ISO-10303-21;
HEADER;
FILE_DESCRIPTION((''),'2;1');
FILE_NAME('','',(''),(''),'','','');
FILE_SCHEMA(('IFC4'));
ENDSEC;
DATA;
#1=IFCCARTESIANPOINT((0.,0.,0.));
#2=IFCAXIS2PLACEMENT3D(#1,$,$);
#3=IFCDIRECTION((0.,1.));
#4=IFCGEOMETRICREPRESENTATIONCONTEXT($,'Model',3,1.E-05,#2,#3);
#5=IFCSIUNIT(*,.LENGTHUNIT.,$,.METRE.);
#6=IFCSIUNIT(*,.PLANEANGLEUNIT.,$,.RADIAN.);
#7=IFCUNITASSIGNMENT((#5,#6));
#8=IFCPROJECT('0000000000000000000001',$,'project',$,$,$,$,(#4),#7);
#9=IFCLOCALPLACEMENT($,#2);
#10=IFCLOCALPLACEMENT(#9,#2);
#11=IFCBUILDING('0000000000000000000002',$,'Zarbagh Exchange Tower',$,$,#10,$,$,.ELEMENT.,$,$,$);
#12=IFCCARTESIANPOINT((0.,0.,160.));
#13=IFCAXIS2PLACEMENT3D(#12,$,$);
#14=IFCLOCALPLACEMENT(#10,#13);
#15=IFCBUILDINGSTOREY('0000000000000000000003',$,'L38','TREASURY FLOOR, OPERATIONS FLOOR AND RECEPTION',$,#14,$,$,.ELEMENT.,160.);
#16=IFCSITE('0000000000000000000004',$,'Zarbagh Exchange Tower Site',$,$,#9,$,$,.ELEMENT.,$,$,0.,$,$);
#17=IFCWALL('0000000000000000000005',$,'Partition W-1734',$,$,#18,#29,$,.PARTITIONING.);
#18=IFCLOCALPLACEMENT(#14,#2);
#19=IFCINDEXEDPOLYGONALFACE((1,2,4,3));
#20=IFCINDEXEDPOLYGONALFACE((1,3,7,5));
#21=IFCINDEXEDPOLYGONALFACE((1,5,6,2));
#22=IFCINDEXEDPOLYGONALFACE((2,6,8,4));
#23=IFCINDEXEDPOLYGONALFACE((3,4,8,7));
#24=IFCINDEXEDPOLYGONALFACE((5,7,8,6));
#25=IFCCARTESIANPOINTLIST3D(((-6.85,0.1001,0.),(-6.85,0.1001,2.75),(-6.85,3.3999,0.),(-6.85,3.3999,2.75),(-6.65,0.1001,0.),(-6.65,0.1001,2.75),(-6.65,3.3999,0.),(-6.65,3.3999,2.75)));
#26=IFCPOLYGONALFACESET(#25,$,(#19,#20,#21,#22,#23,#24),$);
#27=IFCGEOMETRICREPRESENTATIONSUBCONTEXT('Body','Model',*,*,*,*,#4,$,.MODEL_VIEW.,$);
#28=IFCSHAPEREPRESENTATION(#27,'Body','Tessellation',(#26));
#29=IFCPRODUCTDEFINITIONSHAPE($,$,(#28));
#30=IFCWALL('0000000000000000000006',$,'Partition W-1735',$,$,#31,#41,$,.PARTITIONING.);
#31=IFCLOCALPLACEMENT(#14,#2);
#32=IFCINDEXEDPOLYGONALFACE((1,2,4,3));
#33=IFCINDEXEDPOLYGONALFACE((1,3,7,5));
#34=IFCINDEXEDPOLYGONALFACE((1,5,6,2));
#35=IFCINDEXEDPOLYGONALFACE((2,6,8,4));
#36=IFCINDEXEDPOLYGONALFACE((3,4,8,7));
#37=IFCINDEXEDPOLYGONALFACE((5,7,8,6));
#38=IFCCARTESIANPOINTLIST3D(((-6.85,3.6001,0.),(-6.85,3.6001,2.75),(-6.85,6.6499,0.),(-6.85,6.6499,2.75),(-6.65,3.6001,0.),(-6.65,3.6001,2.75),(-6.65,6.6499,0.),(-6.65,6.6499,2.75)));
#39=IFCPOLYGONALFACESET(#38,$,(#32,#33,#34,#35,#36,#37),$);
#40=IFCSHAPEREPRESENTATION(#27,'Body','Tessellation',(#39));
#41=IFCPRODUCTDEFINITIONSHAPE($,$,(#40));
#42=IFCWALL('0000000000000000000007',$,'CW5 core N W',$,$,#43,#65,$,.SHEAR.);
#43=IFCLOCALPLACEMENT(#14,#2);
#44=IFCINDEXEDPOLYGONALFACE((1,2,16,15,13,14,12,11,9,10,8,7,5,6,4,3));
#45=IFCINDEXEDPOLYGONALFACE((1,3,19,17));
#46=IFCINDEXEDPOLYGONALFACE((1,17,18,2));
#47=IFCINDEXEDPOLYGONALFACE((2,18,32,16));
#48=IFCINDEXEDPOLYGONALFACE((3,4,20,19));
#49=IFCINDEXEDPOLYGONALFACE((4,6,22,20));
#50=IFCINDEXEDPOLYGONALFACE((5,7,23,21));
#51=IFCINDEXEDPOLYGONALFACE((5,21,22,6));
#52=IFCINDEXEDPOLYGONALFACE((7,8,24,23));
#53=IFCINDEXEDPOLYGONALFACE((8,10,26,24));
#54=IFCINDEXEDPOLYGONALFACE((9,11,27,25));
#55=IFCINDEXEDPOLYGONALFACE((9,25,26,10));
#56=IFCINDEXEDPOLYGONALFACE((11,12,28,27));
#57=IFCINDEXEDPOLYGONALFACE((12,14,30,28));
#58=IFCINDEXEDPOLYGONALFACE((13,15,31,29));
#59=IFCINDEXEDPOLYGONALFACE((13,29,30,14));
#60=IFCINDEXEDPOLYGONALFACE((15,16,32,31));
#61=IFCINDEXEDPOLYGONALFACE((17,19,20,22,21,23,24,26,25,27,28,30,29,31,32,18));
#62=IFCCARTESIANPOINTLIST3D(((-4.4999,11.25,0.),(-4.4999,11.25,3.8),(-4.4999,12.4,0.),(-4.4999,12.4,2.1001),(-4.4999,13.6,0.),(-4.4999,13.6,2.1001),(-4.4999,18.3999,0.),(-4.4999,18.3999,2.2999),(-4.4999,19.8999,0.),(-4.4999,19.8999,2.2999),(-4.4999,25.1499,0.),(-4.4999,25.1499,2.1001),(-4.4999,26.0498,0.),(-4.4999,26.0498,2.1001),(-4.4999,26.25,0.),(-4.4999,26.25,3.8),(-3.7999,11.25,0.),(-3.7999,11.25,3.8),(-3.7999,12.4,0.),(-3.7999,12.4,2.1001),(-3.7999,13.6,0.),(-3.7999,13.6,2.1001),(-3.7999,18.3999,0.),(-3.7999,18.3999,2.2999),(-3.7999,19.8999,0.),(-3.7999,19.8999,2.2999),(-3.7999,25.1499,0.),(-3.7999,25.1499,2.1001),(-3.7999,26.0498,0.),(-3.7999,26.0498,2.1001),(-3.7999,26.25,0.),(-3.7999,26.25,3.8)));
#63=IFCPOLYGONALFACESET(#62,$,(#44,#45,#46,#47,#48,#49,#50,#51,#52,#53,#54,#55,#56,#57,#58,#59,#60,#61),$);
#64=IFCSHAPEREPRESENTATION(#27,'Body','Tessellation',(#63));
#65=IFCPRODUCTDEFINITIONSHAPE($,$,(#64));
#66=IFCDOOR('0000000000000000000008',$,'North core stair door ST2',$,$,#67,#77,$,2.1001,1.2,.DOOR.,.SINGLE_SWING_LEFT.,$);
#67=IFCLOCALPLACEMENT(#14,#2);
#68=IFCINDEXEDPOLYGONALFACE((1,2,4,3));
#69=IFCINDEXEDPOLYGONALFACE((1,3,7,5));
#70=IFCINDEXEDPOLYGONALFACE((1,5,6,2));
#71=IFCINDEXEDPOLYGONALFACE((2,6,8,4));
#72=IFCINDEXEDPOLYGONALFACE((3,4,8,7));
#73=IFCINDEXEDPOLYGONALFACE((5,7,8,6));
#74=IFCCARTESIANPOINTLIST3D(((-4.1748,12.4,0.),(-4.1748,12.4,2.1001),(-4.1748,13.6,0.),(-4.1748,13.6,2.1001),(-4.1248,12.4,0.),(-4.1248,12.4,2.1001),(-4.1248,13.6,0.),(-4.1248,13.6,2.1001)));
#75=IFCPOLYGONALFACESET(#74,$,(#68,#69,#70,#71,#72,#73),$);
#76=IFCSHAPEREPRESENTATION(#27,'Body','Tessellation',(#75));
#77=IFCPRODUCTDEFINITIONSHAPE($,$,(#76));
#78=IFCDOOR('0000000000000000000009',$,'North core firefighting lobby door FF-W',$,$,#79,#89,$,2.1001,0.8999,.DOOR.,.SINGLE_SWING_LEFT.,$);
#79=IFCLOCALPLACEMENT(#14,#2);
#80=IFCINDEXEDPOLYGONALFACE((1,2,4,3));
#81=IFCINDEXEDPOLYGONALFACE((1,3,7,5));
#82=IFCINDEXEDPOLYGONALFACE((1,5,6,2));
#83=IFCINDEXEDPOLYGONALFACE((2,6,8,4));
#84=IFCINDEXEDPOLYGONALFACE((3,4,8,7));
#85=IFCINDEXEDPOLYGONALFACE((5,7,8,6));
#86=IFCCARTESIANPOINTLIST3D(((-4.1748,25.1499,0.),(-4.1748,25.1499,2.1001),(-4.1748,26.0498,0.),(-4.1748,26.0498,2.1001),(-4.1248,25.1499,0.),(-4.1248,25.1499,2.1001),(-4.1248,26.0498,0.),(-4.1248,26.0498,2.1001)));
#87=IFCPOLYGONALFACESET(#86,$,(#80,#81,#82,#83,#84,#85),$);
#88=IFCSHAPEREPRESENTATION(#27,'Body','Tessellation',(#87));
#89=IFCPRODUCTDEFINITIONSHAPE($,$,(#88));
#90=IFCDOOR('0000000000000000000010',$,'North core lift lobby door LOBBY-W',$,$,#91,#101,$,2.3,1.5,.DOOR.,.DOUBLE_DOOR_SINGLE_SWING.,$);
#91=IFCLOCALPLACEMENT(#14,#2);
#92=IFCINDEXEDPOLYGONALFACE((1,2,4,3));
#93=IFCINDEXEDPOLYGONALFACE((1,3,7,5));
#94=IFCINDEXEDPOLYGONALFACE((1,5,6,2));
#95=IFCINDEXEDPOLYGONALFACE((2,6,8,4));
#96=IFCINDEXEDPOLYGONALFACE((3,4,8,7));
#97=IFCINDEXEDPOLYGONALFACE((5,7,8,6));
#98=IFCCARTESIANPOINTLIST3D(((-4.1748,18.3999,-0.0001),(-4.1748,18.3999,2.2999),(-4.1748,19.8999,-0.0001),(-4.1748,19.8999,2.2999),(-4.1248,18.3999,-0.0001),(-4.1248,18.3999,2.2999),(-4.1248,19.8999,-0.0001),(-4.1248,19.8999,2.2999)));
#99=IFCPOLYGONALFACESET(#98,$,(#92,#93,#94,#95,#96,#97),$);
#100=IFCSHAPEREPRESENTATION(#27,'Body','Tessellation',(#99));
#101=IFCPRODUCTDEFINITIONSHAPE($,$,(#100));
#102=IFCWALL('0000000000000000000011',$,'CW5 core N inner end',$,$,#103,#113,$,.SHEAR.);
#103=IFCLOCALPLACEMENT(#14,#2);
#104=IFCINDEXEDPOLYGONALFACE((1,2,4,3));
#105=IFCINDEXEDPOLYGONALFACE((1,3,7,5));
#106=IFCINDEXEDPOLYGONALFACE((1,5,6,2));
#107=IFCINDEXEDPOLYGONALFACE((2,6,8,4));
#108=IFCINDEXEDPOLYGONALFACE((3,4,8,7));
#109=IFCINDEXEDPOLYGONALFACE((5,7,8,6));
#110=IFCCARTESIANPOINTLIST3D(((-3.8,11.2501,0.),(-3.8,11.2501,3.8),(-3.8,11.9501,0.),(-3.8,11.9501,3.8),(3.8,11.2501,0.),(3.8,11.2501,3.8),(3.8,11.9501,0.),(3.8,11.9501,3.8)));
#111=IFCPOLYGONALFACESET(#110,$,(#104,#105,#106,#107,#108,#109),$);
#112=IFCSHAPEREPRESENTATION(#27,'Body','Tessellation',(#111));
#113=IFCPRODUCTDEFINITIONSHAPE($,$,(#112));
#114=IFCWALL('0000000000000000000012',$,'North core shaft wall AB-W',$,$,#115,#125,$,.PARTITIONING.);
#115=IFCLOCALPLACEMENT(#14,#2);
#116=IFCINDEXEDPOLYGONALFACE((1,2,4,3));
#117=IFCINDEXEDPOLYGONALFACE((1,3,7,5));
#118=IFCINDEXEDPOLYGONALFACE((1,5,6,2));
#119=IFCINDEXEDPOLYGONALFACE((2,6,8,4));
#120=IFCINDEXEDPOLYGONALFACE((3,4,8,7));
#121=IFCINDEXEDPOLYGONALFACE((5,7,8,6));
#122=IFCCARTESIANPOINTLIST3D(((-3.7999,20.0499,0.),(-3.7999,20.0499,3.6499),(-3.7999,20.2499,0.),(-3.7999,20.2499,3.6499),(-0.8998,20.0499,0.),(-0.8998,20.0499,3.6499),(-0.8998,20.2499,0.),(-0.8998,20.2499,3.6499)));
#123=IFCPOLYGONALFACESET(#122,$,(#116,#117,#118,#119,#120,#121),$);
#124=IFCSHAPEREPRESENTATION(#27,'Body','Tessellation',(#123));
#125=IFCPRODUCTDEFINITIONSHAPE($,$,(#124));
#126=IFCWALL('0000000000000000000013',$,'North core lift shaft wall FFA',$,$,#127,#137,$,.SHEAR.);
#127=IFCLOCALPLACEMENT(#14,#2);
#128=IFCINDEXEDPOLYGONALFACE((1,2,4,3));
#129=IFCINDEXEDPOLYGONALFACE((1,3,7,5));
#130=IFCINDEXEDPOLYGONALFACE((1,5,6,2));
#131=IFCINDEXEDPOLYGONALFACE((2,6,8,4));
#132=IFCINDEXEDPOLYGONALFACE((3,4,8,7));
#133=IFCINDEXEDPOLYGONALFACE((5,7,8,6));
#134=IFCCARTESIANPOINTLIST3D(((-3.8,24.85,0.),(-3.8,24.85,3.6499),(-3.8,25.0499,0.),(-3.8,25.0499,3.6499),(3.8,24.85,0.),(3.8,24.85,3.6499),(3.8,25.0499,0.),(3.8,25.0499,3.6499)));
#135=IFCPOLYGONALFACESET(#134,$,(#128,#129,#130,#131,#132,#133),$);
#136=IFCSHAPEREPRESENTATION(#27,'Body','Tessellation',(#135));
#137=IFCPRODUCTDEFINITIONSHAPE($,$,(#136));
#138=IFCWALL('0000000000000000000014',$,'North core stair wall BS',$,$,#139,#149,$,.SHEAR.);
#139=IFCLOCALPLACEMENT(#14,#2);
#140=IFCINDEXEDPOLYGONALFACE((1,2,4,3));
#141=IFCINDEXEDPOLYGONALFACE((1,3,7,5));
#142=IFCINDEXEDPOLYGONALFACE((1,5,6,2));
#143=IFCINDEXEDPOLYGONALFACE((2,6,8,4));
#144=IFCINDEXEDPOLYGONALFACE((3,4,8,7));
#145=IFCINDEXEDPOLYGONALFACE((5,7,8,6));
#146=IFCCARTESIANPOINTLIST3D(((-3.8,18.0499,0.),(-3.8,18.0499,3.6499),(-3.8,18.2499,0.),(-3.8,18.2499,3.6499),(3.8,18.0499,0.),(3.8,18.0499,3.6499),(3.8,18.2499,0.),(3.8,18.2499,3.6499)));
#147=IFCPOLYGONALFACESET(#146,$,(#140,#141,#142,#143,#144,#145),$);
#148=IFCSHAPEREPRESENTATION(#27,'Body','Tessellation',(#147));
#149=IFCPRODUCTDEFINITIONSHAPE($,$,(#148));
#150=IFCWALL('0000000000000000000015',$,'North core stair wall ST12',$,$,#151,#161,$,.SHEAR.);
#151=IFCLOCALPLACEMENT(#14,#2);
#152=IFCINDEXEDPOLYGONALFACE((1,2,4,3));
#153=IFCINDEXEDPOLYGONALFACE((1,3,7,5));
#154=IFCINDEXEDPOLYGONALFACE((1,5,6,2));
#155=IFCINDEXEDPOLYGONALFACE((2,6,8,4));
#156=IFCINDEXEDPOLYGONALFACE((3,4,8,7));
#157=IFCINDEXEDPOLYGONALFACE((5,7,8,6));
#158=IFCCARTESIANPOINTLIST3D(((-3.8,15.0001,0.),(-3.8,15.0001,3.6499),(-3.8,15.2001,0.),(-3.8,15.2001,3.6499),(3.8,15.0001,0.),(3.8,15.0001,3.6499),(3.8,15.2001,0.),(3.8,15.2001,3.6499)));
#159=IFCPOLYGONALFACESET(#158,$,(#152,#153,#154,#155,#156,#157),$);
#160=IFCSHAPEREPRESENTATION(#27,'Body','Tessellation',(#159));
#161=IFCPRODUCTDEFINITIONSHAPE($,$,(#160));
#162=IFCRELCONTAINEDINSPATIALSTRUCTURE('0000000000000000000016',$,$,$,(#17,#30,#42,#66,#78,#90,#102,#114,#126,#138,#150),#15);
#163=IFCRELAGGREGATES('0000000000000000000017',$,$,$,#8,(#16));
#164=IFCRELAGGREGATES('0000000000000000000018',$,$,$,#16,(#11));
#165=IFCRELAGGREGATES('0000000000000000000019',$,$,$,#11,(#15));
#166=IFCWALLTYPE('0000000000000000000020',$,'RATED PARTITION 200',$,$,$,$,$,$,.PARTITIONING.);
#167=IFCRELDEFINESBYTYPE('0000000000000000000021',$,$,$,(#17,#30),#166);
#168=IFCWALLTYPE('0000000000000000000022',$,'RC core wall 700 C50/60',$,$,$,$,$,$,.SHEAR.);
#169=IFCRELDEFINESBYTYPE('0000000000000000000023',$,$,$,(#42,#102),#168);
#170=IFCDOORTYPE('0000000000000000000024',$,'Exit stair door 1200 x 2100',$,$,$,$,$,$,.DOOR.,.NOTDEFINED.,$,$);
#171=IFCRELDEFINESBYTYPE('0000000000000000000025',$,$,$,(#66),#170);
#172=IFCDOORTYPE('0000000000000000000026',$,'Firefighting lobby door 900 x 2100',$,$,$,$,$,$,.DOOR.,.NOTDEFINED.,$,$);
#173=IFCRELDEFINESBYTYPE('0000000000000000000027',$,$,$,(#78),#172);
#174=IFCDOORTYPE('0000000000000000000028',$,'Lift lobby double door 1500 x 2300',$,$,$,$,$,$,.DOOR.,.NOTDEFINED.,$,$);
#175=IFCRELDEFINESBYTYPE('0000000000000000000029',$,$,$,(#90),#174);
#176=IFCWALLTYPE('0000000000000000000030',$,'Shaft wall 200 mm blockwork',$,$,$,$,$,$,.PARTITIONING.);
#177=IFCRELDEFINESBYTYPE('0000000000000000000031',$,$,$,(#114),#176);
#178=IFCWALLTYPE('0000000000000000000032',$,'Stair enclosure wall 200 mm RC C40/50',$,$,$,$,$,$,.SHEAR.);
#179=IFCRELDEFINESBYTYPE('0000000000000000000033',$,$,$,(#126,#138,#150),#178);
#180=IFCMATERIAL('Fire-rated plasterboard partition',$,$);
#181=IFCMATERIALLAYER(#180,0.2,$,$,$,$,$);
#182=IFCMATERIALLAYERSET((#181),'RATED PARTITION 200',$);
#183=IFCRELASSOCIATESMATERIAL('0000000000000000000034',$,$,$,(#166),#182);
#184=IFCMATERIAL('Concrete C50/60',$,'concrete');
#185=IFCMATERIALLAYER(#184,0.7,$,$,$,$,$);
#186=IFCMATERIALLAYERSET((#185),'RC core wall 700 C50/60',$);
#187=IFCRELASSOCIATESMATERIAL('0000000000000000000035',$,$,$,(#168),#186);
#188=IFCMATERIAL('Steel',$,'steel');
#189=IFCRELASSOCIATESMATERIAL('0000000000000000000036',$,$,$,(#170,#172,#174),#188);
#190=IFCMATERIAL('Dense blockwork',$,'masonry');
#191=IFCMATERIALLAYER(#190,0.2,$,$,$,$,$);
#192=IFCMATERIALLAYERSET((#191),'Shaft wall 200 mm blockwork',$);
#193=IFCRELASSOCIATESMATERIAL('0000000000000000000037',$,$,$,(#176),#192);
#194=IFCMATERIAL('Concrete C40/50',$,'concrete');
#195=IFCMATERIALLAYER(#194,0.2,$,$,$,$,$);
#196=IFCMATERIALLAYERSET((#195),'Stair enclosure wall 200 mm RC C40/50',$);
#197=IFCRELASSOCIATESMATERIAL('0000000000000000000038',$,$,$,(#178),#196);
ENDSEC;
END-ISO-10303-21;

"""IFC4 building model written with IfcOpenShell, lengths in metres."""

from ifc_helpers import new_model, si_unit, direction, frame, frame_2d, origin, place, context, subcontext, project, spatial, rectangle, extrude, material, layer, layer_set, type_object, element, fill, save


model = new_model("IFC4")

# Units and contexts
model_context = context("Model", 3, precision=1e-05, world=origin(), true_north=direction((0.0, 1.0)))
body_context = subcontext(model_context, "Body", "Model", "MODEL_VIEW")
ifc_project = project(units=[si_unit("LENGTHUNIT", "METRE"), si_unit("PLANEANGLEUNIT", "RADIAN")], contexts=[model_context])

# Site, building, storey
site_placement = place(None, origin())
site = spatial("IfcSite", under=ifc_project, at=site_placement, Name="Zarbagh Exchange Tower Site", CompositionType="ELEMENT", RefElevation=0.0)
building_placement = place(site_placement, origin())
building = spatial("IfcBuilding", under=site, at=building_placement, Name="Zarbagh Exchange Tower", CompositionType="ELEMENT")
storey_placement = place(building_placement, frame((0.0, 0.0, 160.0)))
storey = spatial("IfcBuildingStorey", under=building, at=storey_placement, Name="L38", Description="TREASURY FLOOR, OPERATIONS FLOOR AND RECEPTION", CompositionType="ELEMENT", Elevation=160.0)

# Shared definitions
ifc_material_1 = material(Name="Concrete C50/60", Category="concrete")

# Walls
ifc_material_2 = material(Name="Dense blockwork", Category="masonry")
ifc_material_3 = material(Name="Fire-rated plasterboard partition")
ifc_layer_1 = layer(ifc_material_3, 0.2)
ifc_layer_set_1 = layer_set([ifc_layer_1], Name="RATED PARTITION 200")
wall_type_1 = type_object("IfcWallType", Name="RATED PARTITION 200", PredefinedType="PARTITIONING", material=ifc_layer_set_1)
wall_1_placement = place(storey_placement, frame((-6.75, 0.1001, 0.0), z_axis=(0.0, 0.0, 1.0), x_axis=(0.0, 1.0, 0.0)))
element("IfcWall", 1, at=wall_1_placement, inside=storey, type_object=wall_type_1, Name="Partition W-1734", PredefinedType="PARTITIONING", context=body_context, shape_type="SweptSolid", body=[
    extrude(rectangle(XDim=3.2998, YDim=0.2, at=frame_2d((1.6499, 0.0))), origin(), (0.0, 0.0, 1.0), 2.75),
])
wall_2_placement = place(storey_placement, frame((-6.75, 3.6001, 0.0), z_axis=(0.0, 0.0, 1.0), x_axis=(0.0, 1.0, 0.0)))
element("IfcWall", 2, at=wall_2_placement, inside=storey, type_object=wall_type_1, Name="Partition W-1735", PredefinedType="PARTITIONING", context=body_context, shape_type="SweptSolid", body=[
    extrude(rectangle(XDim=3.0498, YDim=0.2, at=frame_2d((1.5249, 0.0))), origin(), (0.0, 0.0, 1.0), 2.75),
])

# Wall, openings, doors
ifc_layer_2 = layer(ifc_material_1, 0.7)
ifc_layer_set_2 = layer_set([ifc_layer_2], Name="RC core wall 700 C50/60")
wall_type_2 = type_object("IfcWallType", Name="RC core wall 700 C50/60", PredefinedType="SHEAR", material=ifc_layer_set_2)
wall_3_placement = place(storey_placement, frame((-4.1499, 11.25, 0.0), z_axis=(0.0, 0.0, 1.0), x_axis=(0.0, 1.0, 0.0)))
wall_3 = element("IfcWall", 3, at=wall_3_placement, inside=storey, type_object=wall_type_2, Name="CW5 core N W", PredefinedType="SHEAR", context=body_context, shape_type="SweptSolid", body=[
    extrude(rectangle(XDim=15.0, YDim=0.7, at=frame_2d((7.5, 0.0))), origin(), (0.0, 0.0, 1.0), 3.8),
])
opening_1_placement = place(wall_3_placement, frame((7.1499, 0.0, 0.0)))
opening_1 = element("IfcOpeningElement", 4, at=opening_1_placement, cuts=wall_3, PredefinedType="OPENING", context=body_context, shape_type="SweptSolid", body=[
    extrude(rectangle(XDim=1.5, YDim=2.3, at=frame_2d((0.75, 1.1499))), frame((0.0, 0.3599, 0.0), z_axis=(0.0, -1.0, 0.0), x_axis=(1.0, 0.0, 0.0)), (0.0, 0.0, 1.0), 0.72),
])
opening_2_placement = place(wall_3_placement, frame((13.8999, 0.0, 0.0)))
opening_2 = element("IfcOpeningElement", 5, at=opening_2_placement, cuts=wall_3, PredefinedType="OPENING", context=body_context, shape_type="SweptSolid", body=[
    extrude(rectangle(XDim=0.8999, YDim=2.1001, at=frame_2d((0.45, 1.05))), frame((0.0, 0.3599, 0.0), z_axis=(0.0, -1.0, 0.0), x_axis=(1.0, 0.0, 0.0)), (0.0, 0.0, 1.0), 0.72),
])
opening_3_placement = place(wall_3_placement, frame((1.1499, 0.0, 0.0)))
opening_3 = element("IfcOpeningElement", 6, at=opening_3_placement, cuts=wall_3, PredefinedType="OPENING", context=body_context, shape_type="SweptSolid", body=[
    extrude(rectangle(XDim=1.2, YDim=2.1001, at=frame_2d((0.6001, 1.05))), frame((0.0, 0.3599, 0.0), z_axis=(0.0, -1.0, 0.0), x_axis=(1.0, 0.0, 0.0)), (0.0, 0.0, 1.0), 0.72),
])
ifc_material_4 = material(Name="Steel", Category="steel")
door_type_1 = type_object("IfcDoorType", Name="Exit stair door 1200 x 2100", OperationType="NOTDEFINED", PredefinedType="DOOR", material=ifc_material_4)
door_1_placement = place(opening_3_placement, origin())
door_1 = element("IfcDoor", 7, at=door_1_placement, inside=storey, type_object=door_type_1, Name="North core stair door ST2", OperationType="SINGLE_SWING_LEFT", OverallHeight=2.1001, OverallWidth=1.2, PredefinedType="DOOR", context=body_context, shape_type="SweptSolid", body=[
    extrude(rectangle(XDim=1.2, YDim=2.1001, at=frame_2d((0.6001, 1.05))), frame((0.0, 0.0249, 0.0), z_axis=(0.0, -1.0, 0.0), x_axis=(1.0, 0.0, 0.0)), (0.0, 0.0, 1.0), 0.05),
])
fill(opening_3, door_1)
door_type_2 = type_object("IfcDoorType", Name="Firefighting lobby door 900 x 2100", OperationType="NOTDEFINED", PredefinedType="DOOR", material=ifc_material_4)
door_2_placement = place(opening_2_placement, origin())
door_2 = element("IfcDoor", 8, at=door_2_placement, inside=storey, type_object=door_type_2, Name="North core firefighting lobby door FF-W", OperationType="SINGLE_SWING_LEFT", OverallHeight=2.1001, OverallWidth=0.8999, PredefinedType="DOOR", context=body_context, shape_type="SweptSolid", body=[
    extrude(rectangle(XDim=0.8999, YDim=2.1001, at=frame_2d((0.45, 1.05))), frame((0.0, 0.0249, 0.0), z_axis=(0.0, -1.0, 0.0), x_axis=(1.0, 0.0, 0.0)), (0.0, 0.0, 1.0), 0.05),
])
fill(opening_2, door_2)
door_type_3 = type_object("IfcDoorType", Name="Lift lobby double door 1500 x 2300", OperationType="NOTDEFINED", PredefinedType="DOOR", material=ifc_material_4)
door_3_placement = place(opening_1_placement, origin())
door_3 = element("IfcDoor", 9, at=door_3_placement, inside=storey, type_object=door_type_3, Name="North core lift lobby door LOBBY-W", OperationType="DOUBLE_DOOR_SINGLE_SWING", OverallHeight=2.3, OverallWidth=1.5, PredefinedType="DOOR", context=body_context, shape_type="SweptSolid", body=[
    extrude(rectangle(XDim=1.5, YDim=2.3, at=frame_2d((0.75, 1.1499))), frame((0.0, 0.0249, 0.0), z_axis=(0.0, -1.0, 0.0), x_axis=(1.0, 0.0, 0.0)), (0.0, 0.0, 1.0), 0.05),
])
fill(opening_1, door_3)

# Walls
wall_4_placement = place(storey_placement, frame((-3.8, 11.6001, 0.0), z_axis=(0.0, 0.0, 1.0), x_axis=(1.0, 0.0, 0.0)))
element("IfcWall", 10, at=wall_4_placement, inside=storey, type_object=wall_type_2, Name="CW5 core N inner end", PredefinedType="SHEAR", context=body_context, shape_type="SweptSolid", body=[
    extrude(rectangle(XDim=7.6001, YDim=0.7, at=frame_2d((3.8, 0.0))), origin(), (0.0, 0.0, 1.0), 3.8),
])
ifc_layer_3 = layer(ifc_material_2, 0.2)
ifc_layer_set_3 = layer_set([ifc_layer_3], Name="Shaft wall 200 mm blockwork")
wall_type_3 = type_object("IfcWallType", Name="Shaft wall 200 mm blockwork", PredefinedType="PARTITIONING", material=ifc_layer_set_3)
wall_5_placement = place(storey_placement, frame((-3.8, 20.1499, 0.0), z_axis=(0.0, 0.0, 1.0), x_axis=(1.0, 0.0, 0.0)))
element("IfcWall", 11, at=wall_5_placement, inside=storey, type_object=wall_type_3, Name="North core shaft wall AB-W", PredefinedType="PARTITIONING", context=body_context, shape_type="SweptSolid", body=[
    extrude(rectangle(XDim=2.9001, YDim=0.2, at=frame_2d((1.4502, 0.0))), origin(), (0.0, 0.0, 1.0), 3.6499),
])
ifc_material_5 = material(Name="Concrete C40/50", Category="concrete")
ifc_layer_4 = layer(ifc_material_5, 0.2)
ifc_layer_set_4 = layer_set([ifc_layer_4], Name="Stair enclosure wall 200 mm RC C40/50")
wall_type_4 = type_object("IfcWallType", Name="Stair enclosure wall 200 mm RC C40/50", PredefinedType="SHEAR", material=ifc_layer_set_4)
for number, where, z_axis, x_axis, name in (
    (12, (-3.8, 24.95, 0.0), (0.0, 0.0, 1.0), (1.0, 0.0, 0.0), "North core lift shaft wall FFA"),
    (13, (-3.8, 18.1499, 0.0), (0.0, 0.0, 1.0), (1.0, 0.0, 0.0), "North core stair wall BS"),
    (14, (-3.8, 15.1001, 0.0), (0.0, 0.0, 1.0), (1.0, 0.0, 0.0), "North core stair wall ST12"),
):
    element("IfcWall", number, at=place(storey_placement, frame(where, z_axis=z_axis, x_axis=x_axis)), inside=storey, type_object=wall_type_4, Name=name, PredefinedType="SHEAR", context=body_context, shape_type="SweptSolid", body=[
        extrude(rectangle(XDim=7.6001, YDim=0.2, at=frame_2d((3.8, 0.0))), origin(), (0.0, 0.0, 1.0), 3.6499),
    ])

save(model, "model.ifc")
